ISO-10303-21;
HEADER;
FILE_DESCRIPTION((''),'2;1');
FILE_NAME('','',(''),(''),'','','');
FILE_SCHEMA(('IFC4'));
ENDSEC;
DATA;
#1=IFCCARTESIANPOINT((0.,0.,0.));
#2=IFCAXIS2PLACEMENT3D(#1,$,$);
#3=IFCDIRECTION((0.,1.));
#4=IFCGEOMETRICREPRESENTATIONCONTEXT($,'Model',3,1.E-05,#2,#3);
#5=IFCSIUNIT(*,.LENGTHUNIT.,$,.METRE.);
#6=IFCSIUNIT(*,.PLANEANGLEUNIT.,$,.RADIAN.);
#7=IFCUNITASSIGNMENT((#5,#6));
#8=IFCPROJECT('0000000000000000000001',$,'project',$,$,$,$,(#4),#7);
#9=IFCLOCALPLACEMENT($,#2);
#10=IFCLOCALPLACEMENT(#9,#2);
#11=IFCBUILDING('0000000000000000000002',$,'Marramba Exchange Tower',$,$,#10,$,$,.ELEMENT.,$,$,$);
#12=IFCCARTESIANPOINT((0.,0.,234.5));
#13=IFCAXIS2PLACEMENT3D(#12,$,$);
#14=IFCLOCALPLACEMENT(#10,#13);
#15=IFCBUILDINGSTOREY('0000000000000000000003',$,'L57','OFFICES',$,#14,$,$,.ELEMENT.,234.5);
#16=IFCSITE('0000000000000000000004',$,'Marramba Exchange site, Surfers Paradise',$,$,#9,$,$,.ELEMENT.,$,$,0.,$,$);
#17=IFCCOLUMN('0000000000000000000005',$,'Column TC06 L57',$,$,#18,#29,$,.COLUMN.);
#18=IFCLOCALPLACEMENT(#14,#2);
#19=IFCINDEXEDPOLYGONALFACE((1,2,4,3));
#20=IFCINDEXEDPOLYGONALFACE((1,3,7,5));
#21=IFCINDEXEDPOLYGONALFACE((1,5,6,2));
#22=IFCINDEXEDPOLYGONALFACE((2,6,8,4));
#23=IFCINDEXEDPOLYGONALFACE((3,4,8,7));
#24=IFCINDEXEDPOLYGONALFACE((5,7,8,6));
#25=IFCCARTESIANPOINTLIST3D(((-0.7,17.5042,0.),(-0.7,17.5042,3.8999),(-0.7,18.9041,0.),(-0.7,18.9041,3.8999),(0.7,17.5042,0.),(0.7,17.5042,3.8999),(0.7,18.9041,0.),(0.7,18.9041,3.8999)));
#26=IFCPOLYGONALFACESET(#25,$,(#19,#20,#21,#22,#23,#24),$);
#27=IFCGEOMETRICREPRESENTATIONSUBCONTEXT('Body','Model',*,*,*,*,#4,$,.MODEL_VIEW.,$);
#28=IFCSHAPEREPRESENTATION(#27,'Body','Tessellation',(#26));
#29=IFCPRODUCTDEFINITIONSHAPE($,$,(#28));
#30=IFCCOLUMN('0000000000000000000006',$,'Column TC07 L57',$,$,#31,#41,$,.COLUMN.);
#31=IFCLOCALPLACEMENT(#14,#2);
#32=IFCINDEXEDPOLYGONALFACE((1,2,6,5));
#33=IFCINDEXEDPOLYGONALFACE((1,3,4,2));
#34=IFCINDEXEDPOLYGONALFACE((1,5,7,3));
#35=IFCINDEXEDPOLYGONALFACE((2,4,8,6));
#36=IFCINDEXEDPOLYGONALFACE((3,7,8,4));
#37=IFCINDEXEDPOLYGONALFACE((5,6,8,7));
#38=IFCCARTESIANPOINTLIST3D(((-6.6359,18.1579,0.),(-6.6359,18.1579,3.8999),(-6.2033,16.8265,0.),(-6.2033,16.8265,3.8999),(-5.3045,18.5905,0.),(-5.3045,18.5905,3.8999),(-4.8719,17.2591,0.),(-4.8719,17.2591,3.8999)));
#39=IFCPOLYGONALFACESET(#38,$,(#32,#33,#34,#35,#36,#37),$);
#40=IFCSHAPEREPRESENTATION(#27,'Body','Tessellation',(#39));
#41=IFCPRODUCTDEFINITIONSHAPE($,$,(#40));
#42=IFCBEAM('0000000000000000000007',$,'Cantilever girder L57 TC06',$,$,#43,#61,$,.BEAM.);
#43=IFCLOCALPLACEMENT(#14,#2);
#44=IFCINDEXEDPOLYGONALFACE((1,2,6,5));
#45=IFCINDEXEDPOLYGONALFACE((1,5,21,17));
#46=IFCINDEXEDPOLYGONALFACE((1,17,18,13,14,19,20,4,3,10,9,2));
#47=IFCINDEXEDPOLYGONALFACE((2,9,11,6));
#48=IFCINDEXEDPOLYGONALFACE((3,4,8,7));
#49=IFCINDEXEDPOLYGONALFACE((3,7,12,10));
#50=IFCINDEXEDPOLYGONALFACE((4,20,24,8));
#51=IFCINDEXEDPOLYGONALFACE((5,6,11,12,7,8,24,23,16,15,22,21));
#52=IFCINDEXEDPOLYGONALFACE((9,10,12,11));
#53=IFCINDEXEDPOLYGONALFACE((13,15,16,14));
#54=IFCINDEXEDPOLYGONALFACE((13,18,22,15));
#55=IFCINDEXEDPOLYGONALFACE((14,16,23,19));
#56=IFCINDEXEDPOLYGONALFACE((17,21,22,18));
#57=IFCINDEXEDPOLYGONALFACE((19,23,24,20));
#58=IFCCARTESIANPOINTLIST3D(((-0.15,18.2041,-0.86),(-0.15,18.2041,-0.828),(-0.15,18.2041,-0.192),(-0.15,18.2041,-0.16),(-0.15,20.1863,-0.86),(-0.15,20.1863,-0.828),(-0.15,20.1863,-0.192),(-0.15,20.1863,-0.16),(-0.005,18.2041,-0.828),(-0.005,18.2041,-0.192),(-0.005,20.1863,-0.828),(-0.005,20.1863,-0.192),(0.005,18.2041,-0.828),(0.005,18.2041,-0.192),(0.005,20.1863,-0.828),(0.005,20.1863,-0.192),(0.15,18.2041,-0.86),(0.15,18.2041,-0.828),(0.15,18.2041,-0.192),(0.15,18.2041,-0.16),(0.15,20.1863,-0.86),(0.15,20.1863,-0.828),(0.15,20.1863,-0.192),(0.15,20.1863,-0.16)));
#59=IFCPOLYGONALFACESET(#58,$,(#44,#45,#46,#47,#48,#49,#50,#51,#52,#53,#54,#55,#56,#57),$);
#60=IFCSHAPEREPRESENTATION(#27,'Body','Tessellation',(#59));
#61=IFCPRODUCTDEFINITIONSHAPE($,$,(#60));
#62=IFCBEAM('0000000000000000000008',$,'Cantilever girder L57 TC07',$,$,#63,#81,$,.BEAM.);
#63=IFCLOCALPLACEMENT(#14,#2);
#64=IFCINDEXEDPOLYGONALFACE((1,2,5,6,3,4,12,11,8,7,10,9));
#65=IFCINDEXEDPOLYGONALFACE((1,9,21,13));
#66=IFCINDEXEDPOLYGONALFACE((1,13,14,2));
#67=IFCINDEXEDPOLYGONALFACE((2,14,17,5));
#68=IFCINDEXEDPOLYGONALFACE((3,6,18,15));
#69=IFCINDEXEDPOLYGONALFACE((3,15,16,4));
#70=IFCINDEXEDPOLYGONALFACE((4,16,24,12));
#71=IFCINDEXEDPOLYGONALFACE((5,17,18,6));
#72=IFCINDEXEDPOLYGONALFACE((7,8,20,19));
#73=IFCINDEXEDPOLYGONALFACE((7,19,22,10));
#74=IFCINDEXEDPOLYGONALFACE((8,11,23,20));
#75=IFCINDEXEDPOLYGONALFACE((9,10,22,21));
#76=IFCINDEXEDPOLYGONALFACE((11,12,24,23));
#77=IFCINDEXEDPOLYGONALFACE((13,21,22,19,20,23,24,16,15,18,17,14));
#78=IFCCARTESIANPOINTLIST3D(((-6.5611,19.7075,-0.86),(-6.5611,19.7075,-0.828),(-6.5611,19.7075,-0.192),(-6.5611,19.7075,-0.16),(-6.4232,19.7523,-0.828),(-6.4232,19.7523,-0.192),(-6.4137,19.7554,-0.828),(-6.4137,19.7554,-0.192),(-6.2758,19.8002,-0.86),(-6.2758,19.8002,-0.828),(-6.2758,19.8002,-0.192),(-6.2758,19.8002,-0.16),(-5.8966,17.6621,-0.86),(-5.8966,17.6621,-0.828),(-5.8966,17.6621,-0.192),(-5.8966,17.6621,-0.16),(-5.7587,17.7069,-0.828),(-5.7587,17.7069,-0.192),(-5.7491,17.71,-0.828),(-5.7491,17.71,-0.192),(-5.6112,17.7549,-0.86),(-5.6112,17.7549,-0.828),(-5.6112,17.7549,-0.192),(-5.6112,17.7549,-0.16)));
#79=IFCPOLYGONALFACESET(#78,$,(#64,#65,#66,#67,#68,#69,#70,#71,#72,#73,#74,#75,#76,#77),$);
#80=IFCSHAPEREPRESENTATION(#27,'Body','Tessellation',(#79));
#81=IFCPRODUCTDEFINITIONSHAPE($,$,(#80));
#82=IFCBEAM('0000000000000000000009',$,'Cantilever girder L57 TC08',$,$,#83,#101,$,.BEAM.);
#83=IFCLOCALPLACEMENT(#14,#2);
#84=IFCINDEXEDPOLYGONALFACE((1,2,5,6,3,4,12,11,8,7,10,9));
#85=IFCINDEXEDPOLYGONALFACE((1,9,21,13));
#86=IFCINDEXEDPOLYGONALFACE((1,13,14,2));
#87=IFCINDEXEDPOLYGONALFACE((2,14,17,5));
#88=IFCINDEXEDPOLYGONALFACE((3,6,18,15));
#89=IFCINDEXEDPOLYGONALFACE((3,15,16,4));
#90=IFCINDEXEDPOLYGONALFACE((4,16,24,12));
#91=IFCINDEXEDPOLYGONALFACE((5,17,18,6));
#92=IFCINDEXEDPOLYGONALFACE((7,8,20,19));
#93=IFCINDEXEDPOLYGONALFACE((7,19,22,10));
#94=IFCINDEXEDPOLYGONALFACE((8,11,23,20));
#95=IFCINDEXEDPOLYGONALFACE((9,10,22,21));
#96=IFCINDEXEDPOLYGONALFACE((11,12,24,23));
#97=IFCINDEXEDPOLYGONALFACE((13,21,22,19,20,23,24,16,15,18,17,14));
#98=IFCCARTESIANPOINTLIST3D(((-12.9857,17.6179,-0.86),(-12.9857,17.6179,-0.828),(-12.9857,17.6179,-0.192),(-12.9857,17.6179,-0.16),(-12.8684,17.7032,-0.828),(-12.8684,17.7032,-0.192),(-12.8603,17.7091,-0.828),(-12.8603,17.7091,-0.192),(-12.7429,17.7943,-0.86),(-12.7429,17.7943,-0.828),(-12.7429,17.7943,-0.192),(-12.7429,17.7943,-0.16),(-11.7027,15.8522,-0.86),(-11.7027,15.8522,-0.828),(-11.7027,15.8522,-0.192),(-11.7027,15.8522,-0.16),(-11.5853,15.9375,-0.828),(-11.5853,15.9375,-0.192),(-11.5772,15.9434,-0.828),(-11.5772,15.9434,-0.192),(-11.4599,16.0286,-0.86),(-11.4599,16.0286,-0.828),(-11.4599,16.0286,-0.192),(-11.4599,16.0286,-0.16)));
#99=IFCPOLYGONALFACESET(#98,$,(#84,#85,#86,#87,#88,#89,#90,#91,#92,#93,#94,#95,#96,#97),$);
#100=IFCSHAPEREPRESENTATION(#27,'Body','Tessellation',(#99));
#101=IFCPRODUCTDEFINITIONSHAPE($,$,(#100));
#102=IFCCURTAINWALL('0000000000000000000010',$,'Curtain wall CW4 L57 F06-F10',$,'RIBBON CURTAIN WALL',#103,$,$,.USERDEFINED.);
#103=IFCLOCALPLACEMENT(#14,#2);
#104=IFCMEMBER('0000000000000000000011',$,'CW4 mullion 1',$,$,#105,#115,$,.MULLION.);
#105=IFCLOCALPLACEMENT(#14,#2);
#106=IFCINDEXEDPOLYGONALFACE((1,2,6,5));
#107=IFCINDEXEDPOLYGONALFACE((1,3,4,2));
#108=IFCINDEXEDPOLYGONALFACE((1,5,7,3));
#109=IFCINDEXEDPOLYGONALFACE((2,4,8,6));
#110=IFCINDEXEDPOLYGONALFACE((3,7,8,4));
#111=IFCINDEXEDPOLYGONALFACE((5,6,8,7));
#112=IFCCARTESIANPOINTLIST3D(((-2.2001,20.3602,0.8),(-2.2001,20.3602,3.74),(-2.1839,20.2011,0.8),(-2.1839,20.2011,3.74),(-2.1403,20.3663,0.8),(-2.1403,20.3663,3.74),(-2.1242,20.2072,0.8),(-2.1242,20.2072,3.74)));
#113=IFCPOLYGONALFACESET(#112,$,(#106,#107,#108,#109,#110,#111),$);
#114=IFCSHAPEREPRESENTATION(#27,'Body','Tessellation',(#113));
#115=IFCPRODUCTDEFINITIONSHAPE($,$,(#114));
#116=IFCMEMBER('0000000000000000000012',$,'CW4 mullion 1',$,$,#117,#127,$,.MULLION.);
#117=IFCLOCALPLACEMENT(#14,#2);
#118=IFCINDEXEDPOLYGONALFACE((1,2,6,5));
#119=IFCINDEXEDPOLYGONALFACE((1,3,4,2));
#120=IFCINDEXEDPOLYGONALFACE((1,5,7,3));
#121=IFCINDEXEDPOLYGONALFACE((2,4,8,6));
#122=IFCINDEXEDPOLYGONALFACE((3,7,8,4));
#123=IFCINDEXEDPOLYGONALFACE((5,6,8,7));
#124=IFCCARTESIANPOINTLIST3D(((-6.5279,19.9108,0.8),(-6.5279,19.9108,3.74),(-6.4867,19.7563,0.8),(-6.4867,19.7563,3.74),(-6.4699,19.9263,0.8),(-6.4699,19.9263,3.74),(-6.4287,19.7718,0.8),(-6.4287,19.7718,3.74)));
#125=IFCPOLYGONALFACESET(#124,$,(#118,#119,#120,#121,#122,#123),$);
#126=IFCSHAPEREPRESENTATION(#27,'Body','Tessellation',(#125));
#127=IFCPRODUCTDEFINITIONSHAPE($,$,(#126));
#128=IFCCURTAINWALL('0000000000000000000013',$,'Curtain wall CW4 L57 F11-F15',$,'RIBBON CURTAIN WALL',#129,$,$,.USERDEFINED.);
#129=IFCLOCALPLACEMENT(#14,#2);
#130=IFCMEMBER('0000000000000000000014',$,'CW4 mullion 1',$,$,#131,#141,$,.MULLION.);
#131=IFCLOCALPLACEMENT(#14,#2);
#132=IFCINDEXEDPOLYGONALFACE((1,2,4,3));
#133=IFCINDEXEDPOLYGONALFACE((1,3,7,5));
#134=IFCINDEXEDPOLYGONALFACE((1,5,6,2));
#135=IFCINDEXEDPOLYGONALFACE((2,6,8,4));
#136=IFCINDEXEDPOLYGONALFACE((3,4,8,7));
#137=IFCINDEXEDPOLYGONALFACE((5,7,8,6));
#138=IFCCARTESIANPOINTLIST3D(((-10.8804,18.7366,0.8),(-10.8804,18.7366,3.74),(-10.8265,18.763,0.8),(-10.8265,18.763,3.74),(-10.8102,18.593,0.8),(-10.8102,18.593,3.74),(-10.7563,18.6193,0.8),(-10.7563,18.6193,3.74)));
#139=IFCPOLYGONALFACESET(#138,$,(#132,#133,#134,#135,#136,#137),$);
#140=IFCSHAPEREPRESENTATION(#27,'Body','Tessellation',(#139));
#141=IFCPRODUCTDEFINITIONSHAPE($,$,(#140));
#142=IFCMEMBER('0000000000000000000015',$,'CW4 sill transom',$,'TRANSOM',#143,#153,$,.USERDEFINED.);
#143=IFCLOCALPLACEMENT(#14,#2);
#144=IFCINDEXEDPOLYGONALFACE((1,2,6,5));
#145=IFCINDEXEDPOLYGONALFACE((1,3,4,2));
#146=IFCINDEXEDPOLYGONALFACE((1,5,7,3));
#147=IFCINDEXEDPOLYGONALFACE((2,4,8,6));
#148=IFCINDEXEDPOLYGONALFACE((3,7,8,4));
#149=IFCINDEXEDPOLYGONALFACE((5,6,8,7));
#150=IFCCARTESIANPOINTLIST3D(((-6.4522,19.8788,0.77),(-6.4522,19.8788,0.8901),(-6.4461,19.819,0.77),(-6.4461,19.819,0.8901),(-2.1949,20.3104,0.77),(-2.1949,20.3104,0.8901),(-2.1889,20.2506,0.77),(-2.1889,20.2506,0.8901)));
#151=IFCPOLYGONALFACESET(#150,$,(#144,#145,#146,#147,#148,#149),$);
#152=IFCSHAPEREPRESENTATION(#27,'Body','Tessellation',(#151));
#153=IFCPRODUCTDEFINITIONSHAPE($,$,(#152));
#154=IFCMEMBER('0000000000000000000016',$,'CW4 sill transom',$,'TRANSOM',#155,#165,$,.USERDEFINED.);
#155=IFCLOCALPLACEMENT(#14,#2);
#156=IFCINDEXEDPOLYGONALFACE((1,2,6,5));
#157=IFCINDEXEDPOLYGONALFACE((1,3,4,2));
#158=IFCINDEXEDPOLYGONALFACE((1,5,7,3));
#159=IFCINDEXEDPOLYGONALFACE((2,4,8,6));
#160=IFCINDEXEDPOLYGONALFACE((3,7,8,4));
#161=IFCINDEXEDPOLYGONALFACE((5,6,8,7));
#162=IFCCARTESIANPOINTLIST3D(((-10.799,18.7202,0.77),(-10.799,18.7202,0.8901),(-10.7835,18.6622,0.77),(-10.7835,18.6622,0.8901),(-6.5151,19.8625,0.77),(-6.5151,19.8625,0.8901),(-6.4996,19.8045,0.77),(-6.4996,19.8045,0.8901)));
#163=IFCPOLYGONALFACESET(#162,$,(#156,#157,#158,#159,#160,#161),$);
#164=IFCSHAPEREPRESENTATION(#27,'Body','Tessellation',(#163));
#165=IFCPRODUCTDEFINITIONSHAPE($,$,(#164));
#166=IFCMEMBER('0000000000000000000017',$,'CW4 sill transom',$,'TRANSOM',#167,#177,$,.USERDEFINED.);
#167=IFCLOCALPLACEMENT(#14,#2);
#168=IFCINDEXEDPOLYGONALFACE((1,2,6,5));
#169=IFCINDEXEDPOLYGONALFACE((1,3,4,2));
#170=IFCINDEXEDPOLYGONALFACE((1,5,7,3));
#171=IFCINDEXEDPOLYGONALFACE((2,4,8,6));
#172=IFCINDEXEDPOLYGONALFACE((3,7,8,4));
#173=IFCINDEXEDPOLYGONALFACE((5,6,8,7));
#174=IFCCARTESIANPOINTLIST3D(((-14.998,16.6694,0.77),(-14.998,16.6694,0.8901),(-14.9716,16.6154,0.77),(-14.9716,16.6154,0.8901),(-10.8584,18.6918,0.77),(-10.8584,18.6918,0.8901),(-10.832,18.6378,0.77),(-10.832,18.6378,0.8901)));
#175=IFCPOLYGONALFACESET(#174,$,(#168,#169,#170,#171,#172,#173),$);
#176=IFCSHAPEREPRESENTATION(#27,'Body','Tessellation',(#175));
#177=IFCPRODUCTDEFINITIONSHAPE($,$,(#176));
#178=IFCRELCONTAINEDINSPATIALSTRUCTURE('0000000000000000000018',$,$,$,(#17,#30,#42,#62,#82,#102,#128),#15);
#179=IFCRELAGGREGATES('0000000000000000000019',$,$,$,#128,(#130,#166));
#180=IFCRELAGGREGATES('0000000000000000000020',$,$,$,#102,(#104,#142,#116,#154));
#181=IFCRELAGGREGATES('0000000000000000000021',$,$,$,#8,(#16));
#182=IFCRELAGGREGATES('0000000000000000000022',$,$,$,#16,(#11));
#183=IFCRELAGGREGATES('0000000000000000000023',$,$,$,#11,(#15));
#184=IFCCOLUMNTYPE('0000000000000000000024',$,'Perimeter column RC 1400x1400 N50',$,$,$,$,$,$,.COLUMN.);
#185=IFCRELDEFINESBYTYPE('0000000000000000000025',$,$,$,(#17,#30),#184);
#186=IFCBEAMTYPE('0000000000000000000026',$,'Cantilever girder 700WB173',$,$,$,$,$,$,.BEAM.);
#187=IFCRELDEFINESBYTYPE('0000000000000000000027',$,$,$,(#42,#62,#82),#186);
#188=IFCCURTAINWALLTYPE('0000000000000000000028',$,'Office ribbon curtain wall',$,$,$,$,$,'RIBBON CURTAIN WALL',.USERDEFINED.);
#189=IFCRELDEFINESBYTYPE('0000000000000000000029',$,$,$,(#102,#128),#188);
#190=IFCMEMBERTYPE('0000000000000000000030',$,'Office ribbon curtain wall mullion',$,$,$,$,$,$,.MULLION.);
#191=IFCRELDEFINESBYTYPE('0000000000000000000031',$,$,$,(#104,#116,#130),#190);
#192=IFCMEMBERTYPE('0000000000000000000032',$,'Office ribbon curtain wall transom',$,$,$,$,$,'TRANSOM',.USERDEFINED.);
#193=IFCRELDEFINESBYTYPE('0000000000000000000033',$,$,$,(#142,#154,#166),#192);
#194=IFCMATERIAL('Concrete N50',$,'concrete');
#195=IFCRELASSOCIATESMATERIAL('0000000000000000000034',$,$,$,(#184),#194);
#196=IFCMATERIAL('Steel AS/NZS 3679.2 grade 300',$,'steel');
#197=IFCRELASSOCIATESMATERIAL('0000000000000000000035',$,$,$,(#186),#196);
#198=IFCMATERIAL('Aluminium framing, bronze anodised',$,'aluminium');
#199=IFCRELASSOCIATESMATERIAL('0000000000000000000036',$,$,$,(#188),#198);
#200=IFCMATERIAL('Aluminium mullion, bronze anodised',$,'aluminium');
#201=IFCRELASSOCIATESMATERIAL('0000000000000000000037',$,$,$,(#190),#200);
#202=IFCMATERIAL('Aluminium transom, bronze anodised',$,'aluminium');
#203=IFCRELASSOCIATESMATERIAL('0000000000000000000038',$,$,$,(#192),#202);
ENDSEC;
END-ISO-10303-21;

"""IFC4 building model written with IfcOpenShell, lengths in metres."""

from ifc_helpers import new_model, si_unit, direction, frame, origin, origin_2d, place, context, subcontext, project, spatial, rectangle, i_section, extrude, material, material_profile, profile_set, type_object, element, aggregate, save


model = new_model("IFC4")

# Units and contexts
model_context = context("Model", 3, precision=1e-05, world=origin(), true_north=direction((0.0, 1.0)))
body_context = subcontext(model_context, "Body", "Model", "MODEL_VIEW")
ifc_project = project(units=[si_unit("LENGTHUNIT", "METRE"), si_unit("PLANEANGLEUNIT", "RADIAN")], contexts=[model_context])

# Site, building, storey
site_placement = place(None, origin())
site = spatial("IfcSite", under=ifc_project, at=site_placement, Name="Marramba Exchange site, Surfers Paradise", CompositionType="ELEMENT", RefElevation=0.0)
building_placement = place(site_placement, origin())
building = spatial("IfcBuilding", under=site, at=building_placement, Name="Marramba Exchange Tower", CompositionType="ELEMENT")
storey_placement = place(building_placement, frame((0.0, 0.0, 234.5)))
storey = spatial("IfcBuildingStorey", under=building, at=storey_placement, Name="L57", Description="OFFICES", CompositionType="ELEMENT", Elevation=234.5)

# Columns
ifc_material_1 = material(Name="Concrete N50", Category="concrete")
ifc_material_profile_1 = material_profile(ifc_material_1, rectangle(XDim=1.3999, YDim=1.3999, at=origin_2d()), Name="RC 1400x1400")
ifc_profile_set_1 = profile_set([ifc_material_profile_1], Name="Concrete N50")
column_type = type_object("IfcColumnType", Name="Perimeter column RC 1400x1400 N50", PredefinedType="COLUMN", material=ifc_profile_set_1)
for number, where, z_axis, x_axis, name in (
    (1, (0.0, 18.2041, 0.0), (0.0, 0.0, 1.0), (0.0, 1.0, 0.0), "Column TC06 L57"),
    (2, (-5.7539, 17.7085, 0.0), (0.0, 0.0, 1.0), (-0.309017, 0.951057, 0.0), "Column TC07 L57"),
):
    element("IfcColumn", number, at=place(storey_placement, frame(where, z_axis=z_axis, x_axis=x_axis)), inside=storey, type_object=column_type, Name=name, PredefinedType="COLUMN", context=body_context, shape_type="SweptSolid", body=[
        extrude(rectangle(XDim=1.3999, YDim=1.3999, at=origin_2d()), origin(), (0.0, 0.0, 1.0), 3.8999),
    ])

# Beams
ifc_material_2 = material(Name="Steel AS/NZS 3679.2 grade 300", Category="steel")
ifc_material_profile_2 = material_profile(ifc_material_2, i_section(OverallWidth=0.3, OverallDepth=0.7, WebThickness=0.01, FlangeThickness=0.032, at=origin_2d()), Name="700WB173")
ifc_profile_set_2 = profile_set([ifc_material_profile_2], Name="Steel AS/NZS 3679.2 grade 300")
beam_type_1 = type_object("IfcBeamType", Name="Cantilever girder 700WB173", PredefinedType="BEAM", material=ifc_profile_set_2)
beam_1_placement = place(storey_placement, frame((0.0, 18.2041, -0.51), z_axis=(0.0, 1.0, 0.0), x_axis=(-1.0, 0.0, 0.0)))
element("IfcBeam", 3, at=beam_1_placement, inside=storey, type_object=beam_type_1, Name="Cantilever girder L57 TC06", PredefinedType="BEAM", context=body_context, shape_type="SweptSolid", body=[
    extrude(i_section(OverallWidth=0.3, OverallDepth=0.7, WebThickness=0.01, FlangeThickness=0.032, at=origin_2d()), origin(), (0.0, 0.0, 1.0), 1.9822),
])
beam_2_placement = place(storey_placement, frame((-5.7539, 17.7085, -0.51), z_axis=(-0.308999, 0.951062, 0.0), x_axis=(-0.951062, -0.308999, 0.0)))
element("IfcBeam", 4, at=beam_2_placement, inside=storey, type_object=beam_type_1, Name="Cantilever girder L57 TC07", PredefinedType="BEAM", context=body_context, shape_type="SweptSolid", body=[
    extrude(i_section(OverallWidth=0.3, OverallDepth=0.7, WebThickness=0.01, FlangeThickness=0.032, at=origin_2d()), origin(), (0.0, 0.0, 1.0), 2.1506),
])
beam_3_placement = place(storey_placement, frame((-11.5813, 15.9404, -0.51), z_axis=(-0.587832, 0.808983, 0.0), x_axis=(-0.808983, -0.587832, 0.0)))
element("IfcBeam", 5, at=beam_3_placement, inside=storey, type_object=beam_type_1, Name="Cantilever girder L57 TC08", PredefinedType="BEAM", context=body_context, shape_type="SweptSolid", body=[
    extrude(i_section(OverallWidth=0.3, OverallDepth=0.7, WebThickness=0.01, FlangeThickness=0.032, at=origin_2d()), origin(), (0.0, 0.0, 1.0), 2.1826),
])

# Curtain wall, members
ifc_material_3 = material(Name="Aluminium framing, bronze anodised", Category="aluminium")
curtain_wall_type = type_object("IfcCurtainWallType", Name="Office ribbon curtain wall", ElementType="RIBBON CURTAIN WALL", PredefinedType="USERDEFINED", material=ifc_material_3)
curtain_wall_1_placement = place(storey_placement, origin())
curtain_wall_1 = element("IfcCurtainWall", 6, at=curtain_wall_1_placement, inside=storey, type_object=curtain_wall_type, Name="Curtain wall CW4 L57 F06-F10", ObjectType="RIBBON CURTAIN WALL", PredefinedType="USERDEFINED")
ifc_material_4 = material(Name="Aluminium mullion, bronze anodised", Category="aluminium")
ifc_material_profile_3 = material_profile(ifc_material_4, rectangle(XDim=0.1599, YDim=0.0601, at=origin_2d()), Name="CW4 mullion 60x160")
ifc_profile_set_3 = profile_set([ifc_material_profile_3], Name="Aluminium mullion, bronze anodised")
member_type_1 = type_object("IfcMemberType", Name="Office ribbon curtain wall mullion", PredefinedType="MULLION", material=ifc_profile_set_3)
member_1_placement = place(storey_placement, frame((-2.1621, 20.2837, 0.8), z_axis=(0.0, 0.0, 1.0), x_axis=(0.100863, -0.9949, 0.0)))
member_1 = element("IfcMember", 7, at=member_1_placement, type_object=member_type_1, Name="CW4 mullion 1", PredefinedType="MULLION", context=body_context, shape_type="SweptSolid", body=[
    extrude(rectangle(XDim=0.1599, YDim=0.0601, at=origin_2d()), origin(), (0.0, 0.0, 1.0), 2.9399),
])
member_2_placement = place(storey_placement, frame((-6.4783, 19.8413, 0.8), z_axis=(0.0, 0.0, 1.0), x_axis=(0.257641, -0.966241, 0.0)))
member_2 = element("IfcMember", 8, at=member_2_placement, type_object=member_type_1, Name="CW4 mullion 1", PredefinedType="MULLION", context=body_context, shape_type="SweptSolid", body=[
    extrude(rectangle(XDim=0.1599, YDim=0.0601, at=origin_2d()), origin(), (0.0, 0.0, 1.0), 2.9399),
])

# Curtain wall, member
curtain_wall_2_placement = place(storey_placement, origin())
curtain_wall_2 = element("IfcCurtainWall", 9, at=curtain_wall_2_placement, inside=storey, type_object=curtain_wall_type, Name="Curtain wall CW4 L57 F11-F15", ObjectType="RIBBON CURTAIN WALL", PredefinedType="USERDEFINED")
member_3_placement = place(storey_placement, frame((-10.8184, 18.678, 0.8), z_axis=(0.0, 0.0, 1.0), x_axis=(0.438972, -0.898501, 0.0)))
member_3 = element("IfcMember", 10, at=member_3_placement, type_object=member_type_1, Name="CW4 mullion 1", PredefinedType="MULLION", context=body_context, shape_type="SweptSolid", body=[
    extrude(rectangle(XDim=0.1599, YDim=0.0601, at=origin_2d()), origin(), (0.0, 0.0, 1.0), 2.9399),
])

# Members
ifc_material_5 = material(Name="Aluminium transom, bronze anodised", Category="aluminium")
ifc_material_profile_4 = material_profile(ifc_material_5, rectangle(XDim=0.0601, YDim=0.1201, at=origin_2d()), Name="CW4 transom 60x120")
ifc_profile_set_4 = profile_set([ifc_material_profile_4], Name="Aluminium transom, bronze anodised")
member_type_2 = type_object("IfcMemberType", Name="Office ribbon curtain wall transom", ElementType="TRANSOM", PredefinedType="USERDEFINED", material=ifc_profile_set_4)
member_4_placement = place(storey_placement, frame((-2.1919, 20.2805, 0.8301), z_axis=(-0.9949, -0.100871, 0.0), x_axis=(0.100871, -0.9949, 0.0)))
member_4 = element("IfcMember", 11, at=member_4_placement, type_object=member_type_2, Name="CW4 sill transom", ObjectType="TRANSOM", PredefinedType="USERDEFINED", context=body_context, shape_type="SweptSolid", body=[
    extrude(rectangle(XDim=0.0601, YDim=0.1201, at=origin_2d()), origin(), (0.0, 0.0, 1.0), 4.2791),
])
member_5_placement = place(storey_placement, frame((-6.5073, 19.8335, 0.8301), z_axis=(-0.966238, -0.257652, 0.0), x_axis=(0.257652, -0.966238, 0.0)))
member_5 = element("IfcMember", 12, at=member_5_placement, type_object=member_type_2, Name="CW4 sill transom", ObjectType="TRANSOM", PredefinedType="USERDEFINED", context=body_context, shape_type="SweptSolid", body=[
    extrude(rectangle(XDim=0.0601, YDim=0.1201, at=origin_2d()), origin(), (0.0, 0.0, 1.0), 4.4336),
])
member_6_placement = place(storey_placement, frame((-10.8452, 18.6648, 0.8301), z_axis=(-0.898501, -0.438971, 0.0), x_axis=(0.438971, -0.898501, 0.0)))
member_6 = element("IfcMember", 13, at=member_6_placement, type_object=member_type_2, Name="CW4 sill transom", ObjectType="TRANSOM", PredefinedType="USERDEFINED", context=body_context, shape_type="SweptSolid", body=[
    extrude(rectangle(XDim=0.0601, YDim=0.1201, at=origin_2d()), origin(), (0.0, 0.0, 1.0), 4.6072),
])
aggregate(curtain_wall_2, [member_3, member_6])

aggregate(curtain_wall_1, [member_1, member_4, member_2, member_5])

save(model, "model.ifc")
